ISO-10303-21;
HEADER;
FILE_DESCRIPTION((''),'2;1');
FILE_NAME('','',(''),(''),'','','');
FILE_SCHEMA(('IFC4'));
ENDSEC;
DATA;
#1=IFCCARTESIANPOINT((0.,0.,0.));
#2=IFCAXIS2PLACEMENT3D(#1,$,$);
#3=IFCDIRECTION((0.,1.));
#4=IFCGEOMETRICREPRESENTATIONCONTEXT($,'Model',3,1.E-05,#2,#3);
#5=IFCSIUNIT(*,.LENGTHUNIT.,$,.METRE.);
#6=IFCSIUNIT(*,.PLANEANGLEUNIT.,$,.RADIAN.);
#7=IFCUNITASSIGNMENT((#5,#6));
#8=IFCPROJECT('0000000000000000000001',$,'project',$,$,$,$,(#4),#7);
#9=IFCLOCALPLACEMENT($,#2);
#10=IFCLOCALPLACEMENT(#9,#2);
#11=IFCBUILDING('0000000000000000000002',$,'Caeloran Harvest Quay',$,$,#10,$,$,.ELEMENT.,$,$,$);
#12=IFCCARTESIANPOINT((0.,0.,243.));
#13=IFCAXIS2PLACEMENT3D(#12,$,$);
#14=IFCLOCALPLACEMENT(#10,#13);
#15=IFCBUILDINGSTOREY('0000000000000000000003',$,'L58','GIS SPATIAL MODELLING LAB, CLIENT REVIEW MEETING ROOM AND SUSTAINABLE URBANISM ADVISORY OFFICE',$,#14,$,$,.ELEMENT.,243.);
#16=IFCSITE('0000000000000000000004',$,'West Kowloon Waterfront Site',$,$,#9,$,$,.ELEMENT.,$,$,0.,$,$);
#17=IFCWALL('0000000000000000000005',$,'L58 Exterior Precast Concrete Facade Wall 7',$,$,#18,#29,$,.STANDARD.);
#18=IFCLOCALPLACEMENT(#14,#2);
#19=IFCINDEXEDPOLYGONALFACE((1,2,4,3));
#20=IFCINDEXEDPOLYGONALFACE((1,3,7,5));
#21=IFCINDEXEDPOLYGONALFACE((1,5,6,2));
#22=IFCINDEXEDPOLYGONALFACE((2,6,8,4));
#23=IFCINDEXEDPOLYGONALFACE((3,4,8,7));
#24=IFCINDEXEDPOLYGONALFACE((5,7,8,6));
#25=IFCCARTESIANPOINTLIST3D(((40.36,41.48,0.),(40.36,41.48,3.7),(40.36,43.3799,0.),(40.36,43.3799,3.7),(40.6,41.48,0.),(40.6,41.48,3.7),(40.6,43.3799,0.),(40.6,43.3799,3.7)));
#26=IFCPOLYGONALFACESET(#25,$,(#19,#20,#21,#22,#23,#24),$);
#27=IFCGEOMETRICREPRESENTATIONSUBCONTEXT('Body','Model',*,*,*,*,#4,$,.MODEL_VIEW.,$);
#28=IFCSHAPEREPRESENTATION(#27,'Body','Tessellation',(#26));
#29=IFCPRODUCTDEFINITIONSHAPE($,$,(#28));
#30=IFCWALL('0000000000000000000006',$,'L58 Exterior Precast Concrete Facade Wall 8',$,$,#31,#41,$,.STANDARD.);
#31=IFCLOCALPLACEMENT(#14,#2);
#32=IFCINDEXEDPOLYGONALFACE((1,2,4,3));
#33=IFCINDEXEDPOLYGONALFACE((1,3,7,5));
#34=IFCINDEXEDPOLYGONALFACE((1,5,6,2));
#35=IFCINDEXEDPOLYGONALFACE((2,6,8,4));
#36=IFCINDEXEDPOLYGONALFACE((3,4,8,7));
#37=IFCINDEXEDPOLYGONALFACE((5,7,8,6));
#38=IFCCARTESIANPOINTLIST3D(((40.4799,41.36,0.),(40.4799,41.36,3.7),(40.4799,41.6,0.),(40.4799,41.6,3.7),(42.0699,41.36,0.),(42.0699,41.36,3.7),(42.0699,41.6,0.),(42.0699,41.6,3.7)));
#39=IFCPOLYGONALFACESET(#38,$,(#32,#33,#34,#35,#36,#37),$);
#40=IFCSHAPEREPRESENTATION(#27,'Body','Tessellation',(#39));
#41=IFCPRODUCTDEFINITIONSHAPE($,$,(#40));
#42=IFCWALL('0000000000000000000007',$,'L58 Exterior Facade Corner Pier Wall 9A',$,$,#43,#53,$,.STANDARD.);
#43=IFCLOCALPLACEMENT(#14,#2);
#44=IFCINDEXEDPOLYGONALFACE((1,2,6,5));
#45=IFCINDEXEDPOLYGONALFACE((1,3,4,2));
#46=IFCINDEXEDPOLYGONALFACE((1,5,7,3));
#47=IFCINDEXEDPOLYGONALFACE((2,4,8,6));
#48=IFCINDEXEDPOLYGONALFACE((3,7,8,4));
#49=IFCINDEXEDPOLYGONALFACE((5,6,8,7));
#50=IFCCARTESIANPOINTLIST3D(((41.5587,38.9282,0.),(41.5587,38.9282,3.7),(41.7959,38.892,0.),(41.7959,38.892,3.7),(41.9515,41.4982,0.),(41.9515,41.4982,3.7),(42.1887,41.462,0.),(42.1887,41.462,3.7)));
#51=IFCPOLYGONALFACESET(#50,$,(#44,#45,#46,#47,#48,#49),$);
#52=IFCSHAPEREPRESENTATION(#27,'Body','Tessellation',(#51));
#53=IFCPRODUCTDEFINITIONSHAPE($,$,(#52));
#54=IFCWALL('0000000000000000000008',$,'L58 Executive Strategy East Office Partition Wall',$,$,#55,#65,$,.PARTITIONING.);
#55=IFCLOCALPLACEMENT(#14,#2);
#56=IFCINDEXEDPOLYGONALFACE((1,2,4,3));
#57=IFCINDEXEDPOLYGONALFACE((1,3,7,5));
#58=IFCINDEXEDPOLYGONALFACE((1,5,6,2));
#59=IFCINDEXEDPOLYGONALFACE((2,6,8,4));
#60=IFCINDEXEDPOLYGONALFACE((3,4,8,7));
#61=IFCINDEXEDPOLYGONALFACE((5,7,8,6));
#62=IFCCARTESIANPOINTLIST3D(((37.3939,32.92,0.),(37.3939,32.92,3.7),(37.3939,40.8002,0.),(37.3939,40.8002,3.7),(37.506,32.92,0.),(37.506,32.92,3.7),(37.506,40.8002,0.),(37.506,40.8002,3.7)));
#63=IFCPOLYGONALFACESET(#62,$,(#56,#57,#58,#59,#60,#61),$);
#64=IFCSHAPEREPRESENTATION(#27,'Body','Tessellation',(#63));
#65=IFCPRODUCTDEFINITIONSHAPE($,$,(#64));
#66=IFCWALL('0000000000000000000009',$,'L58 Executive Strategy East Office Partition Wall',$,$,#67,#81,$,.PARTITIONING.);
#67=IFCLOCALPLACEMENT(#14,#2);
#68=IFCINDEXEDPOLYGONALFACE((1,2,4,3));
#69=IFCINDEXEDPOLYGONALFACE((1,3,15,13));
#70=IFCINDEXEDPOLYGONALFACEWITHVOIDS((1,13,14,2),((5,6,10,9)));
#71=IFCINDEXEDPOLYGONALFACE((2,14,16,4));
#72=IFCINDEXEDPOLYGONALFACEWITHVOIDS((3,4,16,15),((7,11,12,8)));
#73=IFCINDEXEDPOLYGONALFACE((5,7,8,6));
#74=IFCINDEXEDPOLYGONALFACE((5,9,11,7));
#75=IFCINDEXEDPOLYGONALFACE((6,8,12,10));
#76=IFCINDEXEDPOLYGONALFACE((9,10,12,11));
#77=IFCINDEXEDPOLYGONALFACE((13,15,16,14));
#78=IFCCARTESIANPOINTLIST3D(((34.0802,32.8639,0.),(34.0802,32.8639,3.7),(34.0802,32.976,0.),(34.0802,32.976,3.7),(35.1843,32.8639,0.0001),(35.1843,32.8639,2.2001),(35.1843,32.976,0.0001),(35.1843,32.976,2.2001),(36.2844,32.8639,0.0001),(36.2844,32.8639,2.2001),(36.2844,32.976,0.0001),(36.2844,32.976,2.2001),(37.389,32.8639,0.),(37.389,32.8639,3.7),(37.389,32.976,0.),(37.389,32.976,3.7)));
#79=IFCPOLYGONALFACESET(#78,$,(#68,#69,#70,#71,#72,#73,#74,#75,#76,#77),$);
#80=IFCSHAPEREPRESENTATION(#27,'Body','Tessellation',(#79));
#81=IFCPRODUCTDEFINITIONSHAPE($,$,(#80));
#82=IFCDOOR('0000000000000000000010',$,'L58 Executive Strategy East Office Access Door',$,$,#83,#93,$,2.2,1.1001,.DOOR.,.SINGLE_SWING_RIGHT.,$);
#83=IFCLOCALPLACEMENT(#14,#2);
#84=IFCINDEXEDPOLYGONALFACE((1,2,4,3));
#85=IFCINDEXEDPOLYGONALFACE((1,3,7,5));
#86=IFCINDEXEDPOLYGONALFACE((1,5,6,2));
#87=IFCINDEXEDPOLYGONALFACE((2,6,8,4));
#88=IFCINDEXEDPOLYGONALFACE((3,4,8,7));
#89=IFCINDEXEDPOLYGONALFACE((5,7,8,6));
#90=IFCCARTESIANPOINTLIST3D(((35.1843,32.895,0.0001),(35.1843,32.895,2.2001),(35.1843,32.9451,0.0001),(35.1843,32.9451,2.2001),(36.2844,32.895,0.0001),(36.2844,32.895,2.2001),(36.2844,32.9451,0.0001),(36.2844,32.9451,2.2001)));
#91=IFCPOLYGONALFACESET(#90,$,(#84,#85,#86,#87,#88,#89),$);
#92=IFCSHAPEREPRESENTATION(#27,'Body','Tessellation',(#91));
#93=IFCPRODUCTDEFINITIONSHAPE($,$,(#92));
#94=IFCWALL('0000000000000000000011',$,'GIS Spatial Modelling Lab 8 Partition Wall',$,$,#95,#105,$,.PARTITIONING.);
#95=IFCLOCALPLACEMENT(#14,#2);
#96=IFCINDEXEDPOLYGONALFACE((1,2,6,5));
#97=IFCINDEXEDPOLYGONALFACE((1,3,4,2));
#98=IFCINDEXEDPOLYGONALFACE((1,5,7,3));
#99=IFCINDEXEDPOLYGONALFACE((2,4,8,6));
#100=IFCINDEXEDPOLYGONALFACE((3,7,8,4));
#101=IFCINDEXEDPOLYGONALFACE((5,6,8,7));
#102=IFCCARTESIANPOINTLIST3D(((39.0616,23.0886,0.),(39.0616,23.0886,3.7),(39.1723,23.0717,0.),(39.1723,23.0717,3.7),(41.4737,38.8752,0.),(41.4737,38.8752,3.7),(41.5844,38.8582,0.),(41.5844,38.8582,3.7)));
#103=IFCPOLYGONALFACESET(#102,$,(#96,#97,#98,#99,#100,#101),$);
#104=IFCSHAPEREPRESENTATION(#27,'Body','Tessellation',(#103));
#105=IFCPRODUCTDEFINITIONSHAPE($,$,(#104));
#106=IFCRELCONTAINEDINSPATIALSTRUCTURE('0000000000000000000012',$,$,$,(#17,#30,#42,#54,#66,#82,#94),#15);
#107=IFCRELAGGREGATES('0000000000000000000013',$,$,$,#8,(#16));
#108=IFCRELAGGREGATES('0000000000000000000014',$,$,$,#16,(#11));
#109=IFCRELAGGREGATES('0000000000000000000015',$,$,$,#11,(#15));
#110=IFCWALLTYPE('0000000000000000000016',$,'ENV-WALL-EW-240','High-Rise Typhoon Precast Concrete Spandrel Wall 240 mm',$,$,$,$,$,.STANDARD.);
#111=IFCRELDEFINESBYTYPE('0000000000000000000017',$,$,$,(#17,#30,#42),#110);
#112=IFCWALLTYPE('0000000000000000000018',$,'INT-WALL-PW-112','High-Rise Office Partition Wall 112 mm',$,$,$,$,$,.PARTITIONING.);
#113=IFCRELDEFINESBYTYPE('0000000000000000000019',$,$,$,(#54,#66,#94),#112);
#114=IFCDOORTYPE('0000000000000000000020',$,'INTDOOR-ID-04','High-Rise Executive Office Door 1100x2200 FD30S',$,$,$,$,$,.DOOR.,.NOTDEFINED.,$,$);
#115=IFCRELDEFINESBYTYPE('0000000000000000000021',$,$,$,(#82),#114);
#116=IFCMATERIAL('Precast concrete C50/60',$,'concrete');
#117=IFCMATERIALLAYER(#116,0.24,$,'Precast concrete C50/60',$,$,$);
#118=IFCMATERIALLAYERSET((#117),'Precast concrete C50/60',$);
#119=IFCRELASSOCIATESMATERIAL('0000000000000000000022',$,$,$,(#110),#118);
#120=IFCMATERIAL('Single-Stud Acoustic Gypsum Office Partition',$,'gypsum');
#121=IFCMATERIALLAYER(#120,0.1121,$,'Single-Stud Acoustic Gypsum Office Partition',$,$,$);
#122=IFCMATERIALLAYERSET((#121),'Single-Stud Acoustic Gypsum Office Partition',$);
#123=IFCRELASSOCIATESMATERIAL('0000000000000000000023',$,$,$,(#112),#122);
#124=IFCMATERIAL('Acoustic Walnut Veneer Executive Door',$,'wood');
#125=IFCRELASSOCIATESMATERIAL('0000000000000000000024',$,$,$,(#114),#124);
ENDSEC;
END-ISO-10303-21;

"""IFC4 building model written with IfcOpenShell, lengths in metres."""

from ifc_helpers import new_model, si_unit, direction, frame, frame_2d, origin, place, context, subcontext, project, spatial, rectangle, extrude, material, layer, layer_set, type_object, element, fill, save


model = new_model("IFC4")

# Units and contexts
model_context = context("Model", 3, precision=1e-05, world=origin(), true_north=direction((0.0, 1.0)))
body_context = subcontext(model_context, "Body", "Model", "MODEL_VIEW")
ifc_project = project(units=[si_unit("LENGTHUNIT", "METRE"), si_unit("PLANEANGLEUNIT", "RADIAN")], contexts=[model_context])

# Site, building, storey
site_placement = place(None, origin())
site = spatial("IfcSite", under=ifc_project, at=site_placement, Name="West Kowloon Waterfront Site", CompositionType="ELEMENT", RefElevation=0.0)
building_placement = place(site_placement, origin())
building = spatial("IfcBuilding", under=site, at=building_placement, Name="Caeloran Harvest Quay", CompositionType="ELEMENT")
storey_placement = place(building_placement, frame((0.0, 0.0, 243.0)))
storey = spatial("IfcBuildingStorey", under=building, at=storey_placement, Name="L58", Description="GIS SPATIAL MODELLING LAB, CLIENT REVIEW MEETING ROOM AND SUSTAINABLE URBANISM ADVISORY OFFICE", CompositionType="ELEMENT", Elevation=243.0)

# Walls
ifc_material_1 = material(Name="Precast concrete C50/60", Category="concrete")
ifc_layer_1 = layer(ifc_material_1, 0.24, Name="Precast concrete C50/60")
ifc_layer_set_1 = layer_set([ifc_layer_1], Name="Precast concrete C50/60")
wall_type_1 = type_object("IfcWallType", Name="ENV-WALL-EW-240", Description="High-Rise Typhoon Precast Concrete Spandrel Wall 240 mm", PredefinedType="STANDARD", material=ifc_layer_set_1)
wall_1_placement = place(storey_placement, frame((40.48, 43.3799, 0.0), z_axis=(0.0, 0.0, 1.0), x_axis=(0.0, -1.0, 0.0)))
element("IfcWall", 1, at=wall_1_placement, inside=storey, type_object=wall_type_1, Name="L58 Exterior Precast Concrete Facade Wall 7", PredefinedType="STANDARD", context=body_context, shape_type="SweptSolid", body=[
    extrude(rectangle(XDim=1.8999, YDim=0.24, at=frame_2d((0.95, 0.0))), origin(), (0.0, 0.0, 1.0), 3.7),
])
wall_2_placement = place(storey_placement, frame((40.48, 41.48, 0.0), z_axis=(0.0, 0.0, 1.0), x_axis=(1.0, 0.0, 0.0)))
element("IfcWall", 2, at=wall_2_placement, inside=storey, type_object=wall_type_1, Name="L58 Exterior Precast Concrete Facade Wall 8", PredefinedType="STANDARD", context=body_context, shape_type="SweptSolid", body=[
    extrude(rectangle(XDim=1.5901, YDim=0.24, at=frame_2d((0.7949, 0.0))), origin(), (0.0, 0.0, 1.0), 3.7),
])
wall_3_placement = place(storey_placement, frame((42.0701, 41.48, 0.0), z_axis=(0.0, 0.0, 1.0), x_axis=(-0.15109, -0.98852, 0.0)))
element("IfcWall", 3, at=wall_3_placement, inside=storey, type_object=wall_type_1, Name="L58 Exterior Facade Corner Pier Wall 9A", PredefinedType="STANDARD", context=body_context, shape_type="SweptSolid", body=[
    extrude(rectangle(XDim=2.5999, YDim=0.24, at=frame_2d((1.2998, 0.0))), origin(), (0.0, 0.0, 1.0), 3.7),
])
ifc_material_2 = material(Name="Single-Stud Acoustic Gypsum Office Partition", Category="gypsum")
ifc_layer_2 = layer(ifc_material_2, 0.1121, Name="Single-Stud Acoustic Gypsum Office Partition")
ifc_layer_set_2 = layer_set([ifc_layer_2], Name="Single-Stud Acoustic Gypsum Office Partition")
wall_type_2 = type_object("IfcWallType", Name="INT-WALL-PW-112", Description="High-Rise Office Partition Wall 112 mm", PredefinedType="PARTITIONING", material=ifc_layer_set_2)
wall_4_placement = place(storey_placement, frame((37.45, 40.8, 0.0), z_axis=(0.0, 0.0, 1.0), x_axis=(0.0, -1.0, 0.0)))
element("IfcWall", 4, at=wall_4_placement, inside=storey, type_object=wall_type_2, Name="L58 Executive Strategy East Office Partition Wall", PredefinedType="PARTITIONING", context=body_context, shape_type="SweptSolid", body=[
    extrude(rectangle(XDim=7.8801, YDim=0.1121, at=frame_2d((3.9399, 0.0))), origin(), (0.0, 0.0, 1.0), 3.7),
])

# Wall, opening, door
wall_5_placement = place(storey_placement, frame((37.3889, 32.9199, 0.0), z_axis=(0.0, 0.0, 1.0), x_axis=(-1.0, 0.0, 0.0)))
wall_5 = element("IfcWall", 5, at=wall_5_placement, inside=storey, type_object=wall_type_2, Name="L58 Executive Strategy East Office Partition Wall", PredefinedType="PARTITIONING", context=body_context, shape_type="SweptSolid", body=[
    extrude(rectangle(XDim=3.3088, YDim=0.1121, at=frame_2d((1.6543, 0.0))), origin(), (0.0, 0.0, 1.0), 3.7),
])
opening_placement = place(wall_5_placement, frame((1.1045, 0.0, 0.0)))
opening = element("IfcOpeningElement", 6, at=opening_placement, cuts=wall_5, PredefinedType="OPENING", context=body_context, shape_type="SweptSolid", body=[
    extrude(rectangle(XDim=1.1001, YDim=2.2, at=frame_2d((0.55, 1.1001))), frame((0.0, 0.0659, 0.0), z_axis=(0.0, -1.0, 0.0), x_axis=(1.0, 0.0, 0.0)), (0.0, 0.0, 1.0), 0.1321),
])
ifc_material_3 = material(Name="Acoustic Walnut Veneer Executive Door", Category="wood")
door_type = type_object("IfcDoorType", Name="INTDOOR-ID-04", Description="High-Rise Executive Office Door 1100x2200 FD30S", OperationType="NOTDEFINED", PredefinedType="DOOR", material=ifc_material_3)
door_placement = place(opening_placement, origin())
door = element("IfcDoor", 7, at=door_placement, inside=storey, type_object=door_type, Name="L58 Executive Strategy East Office Access Door", OperationType="SINGLE_SWING_RIGHT", OverallHeight=2.2, OverallWidth=1.1001, PredefinedType="DOOR", context=body_context, shape_type="SweptSolid", body=[
    extrude(rectangle(XDim=1.1001, YDim=2.2, at=frame_2d((0.55, 1.1001))), frame((0.0, 0.0249, 0.0), z_axis=(0.0, -1.0, 0.0), x_axis=(1.0, 0.0, 0.0)), (0.0, 0.0, 1.0), 0.05),
])
fill(opening, door)

# Wall
wall_6_placement = place(storey_placement, frame((41.5291, 38.8667, 0.0), z_axis=(0.0, 0.0, 1.0), x_axis=(-0.151042, -0.988527, 0.0)))
element("IfcWall", 8, at=wall_6_placement, inside=storey, type_object=wall_type_2, Name="GIS Spatial Modelling Lab 8 Partition Wall", PredefinedType="PARTITIONING", context=body_context, shape_type="SweptSolid", body=[
    extrude(rectangle(XDim=15.9697, YDim=0.1121, at=frame_2d((7.9849, 0.0))), origin(), (0.0, 0.0, 1.0), 3.7),
])

save(model, "model.ifc")
